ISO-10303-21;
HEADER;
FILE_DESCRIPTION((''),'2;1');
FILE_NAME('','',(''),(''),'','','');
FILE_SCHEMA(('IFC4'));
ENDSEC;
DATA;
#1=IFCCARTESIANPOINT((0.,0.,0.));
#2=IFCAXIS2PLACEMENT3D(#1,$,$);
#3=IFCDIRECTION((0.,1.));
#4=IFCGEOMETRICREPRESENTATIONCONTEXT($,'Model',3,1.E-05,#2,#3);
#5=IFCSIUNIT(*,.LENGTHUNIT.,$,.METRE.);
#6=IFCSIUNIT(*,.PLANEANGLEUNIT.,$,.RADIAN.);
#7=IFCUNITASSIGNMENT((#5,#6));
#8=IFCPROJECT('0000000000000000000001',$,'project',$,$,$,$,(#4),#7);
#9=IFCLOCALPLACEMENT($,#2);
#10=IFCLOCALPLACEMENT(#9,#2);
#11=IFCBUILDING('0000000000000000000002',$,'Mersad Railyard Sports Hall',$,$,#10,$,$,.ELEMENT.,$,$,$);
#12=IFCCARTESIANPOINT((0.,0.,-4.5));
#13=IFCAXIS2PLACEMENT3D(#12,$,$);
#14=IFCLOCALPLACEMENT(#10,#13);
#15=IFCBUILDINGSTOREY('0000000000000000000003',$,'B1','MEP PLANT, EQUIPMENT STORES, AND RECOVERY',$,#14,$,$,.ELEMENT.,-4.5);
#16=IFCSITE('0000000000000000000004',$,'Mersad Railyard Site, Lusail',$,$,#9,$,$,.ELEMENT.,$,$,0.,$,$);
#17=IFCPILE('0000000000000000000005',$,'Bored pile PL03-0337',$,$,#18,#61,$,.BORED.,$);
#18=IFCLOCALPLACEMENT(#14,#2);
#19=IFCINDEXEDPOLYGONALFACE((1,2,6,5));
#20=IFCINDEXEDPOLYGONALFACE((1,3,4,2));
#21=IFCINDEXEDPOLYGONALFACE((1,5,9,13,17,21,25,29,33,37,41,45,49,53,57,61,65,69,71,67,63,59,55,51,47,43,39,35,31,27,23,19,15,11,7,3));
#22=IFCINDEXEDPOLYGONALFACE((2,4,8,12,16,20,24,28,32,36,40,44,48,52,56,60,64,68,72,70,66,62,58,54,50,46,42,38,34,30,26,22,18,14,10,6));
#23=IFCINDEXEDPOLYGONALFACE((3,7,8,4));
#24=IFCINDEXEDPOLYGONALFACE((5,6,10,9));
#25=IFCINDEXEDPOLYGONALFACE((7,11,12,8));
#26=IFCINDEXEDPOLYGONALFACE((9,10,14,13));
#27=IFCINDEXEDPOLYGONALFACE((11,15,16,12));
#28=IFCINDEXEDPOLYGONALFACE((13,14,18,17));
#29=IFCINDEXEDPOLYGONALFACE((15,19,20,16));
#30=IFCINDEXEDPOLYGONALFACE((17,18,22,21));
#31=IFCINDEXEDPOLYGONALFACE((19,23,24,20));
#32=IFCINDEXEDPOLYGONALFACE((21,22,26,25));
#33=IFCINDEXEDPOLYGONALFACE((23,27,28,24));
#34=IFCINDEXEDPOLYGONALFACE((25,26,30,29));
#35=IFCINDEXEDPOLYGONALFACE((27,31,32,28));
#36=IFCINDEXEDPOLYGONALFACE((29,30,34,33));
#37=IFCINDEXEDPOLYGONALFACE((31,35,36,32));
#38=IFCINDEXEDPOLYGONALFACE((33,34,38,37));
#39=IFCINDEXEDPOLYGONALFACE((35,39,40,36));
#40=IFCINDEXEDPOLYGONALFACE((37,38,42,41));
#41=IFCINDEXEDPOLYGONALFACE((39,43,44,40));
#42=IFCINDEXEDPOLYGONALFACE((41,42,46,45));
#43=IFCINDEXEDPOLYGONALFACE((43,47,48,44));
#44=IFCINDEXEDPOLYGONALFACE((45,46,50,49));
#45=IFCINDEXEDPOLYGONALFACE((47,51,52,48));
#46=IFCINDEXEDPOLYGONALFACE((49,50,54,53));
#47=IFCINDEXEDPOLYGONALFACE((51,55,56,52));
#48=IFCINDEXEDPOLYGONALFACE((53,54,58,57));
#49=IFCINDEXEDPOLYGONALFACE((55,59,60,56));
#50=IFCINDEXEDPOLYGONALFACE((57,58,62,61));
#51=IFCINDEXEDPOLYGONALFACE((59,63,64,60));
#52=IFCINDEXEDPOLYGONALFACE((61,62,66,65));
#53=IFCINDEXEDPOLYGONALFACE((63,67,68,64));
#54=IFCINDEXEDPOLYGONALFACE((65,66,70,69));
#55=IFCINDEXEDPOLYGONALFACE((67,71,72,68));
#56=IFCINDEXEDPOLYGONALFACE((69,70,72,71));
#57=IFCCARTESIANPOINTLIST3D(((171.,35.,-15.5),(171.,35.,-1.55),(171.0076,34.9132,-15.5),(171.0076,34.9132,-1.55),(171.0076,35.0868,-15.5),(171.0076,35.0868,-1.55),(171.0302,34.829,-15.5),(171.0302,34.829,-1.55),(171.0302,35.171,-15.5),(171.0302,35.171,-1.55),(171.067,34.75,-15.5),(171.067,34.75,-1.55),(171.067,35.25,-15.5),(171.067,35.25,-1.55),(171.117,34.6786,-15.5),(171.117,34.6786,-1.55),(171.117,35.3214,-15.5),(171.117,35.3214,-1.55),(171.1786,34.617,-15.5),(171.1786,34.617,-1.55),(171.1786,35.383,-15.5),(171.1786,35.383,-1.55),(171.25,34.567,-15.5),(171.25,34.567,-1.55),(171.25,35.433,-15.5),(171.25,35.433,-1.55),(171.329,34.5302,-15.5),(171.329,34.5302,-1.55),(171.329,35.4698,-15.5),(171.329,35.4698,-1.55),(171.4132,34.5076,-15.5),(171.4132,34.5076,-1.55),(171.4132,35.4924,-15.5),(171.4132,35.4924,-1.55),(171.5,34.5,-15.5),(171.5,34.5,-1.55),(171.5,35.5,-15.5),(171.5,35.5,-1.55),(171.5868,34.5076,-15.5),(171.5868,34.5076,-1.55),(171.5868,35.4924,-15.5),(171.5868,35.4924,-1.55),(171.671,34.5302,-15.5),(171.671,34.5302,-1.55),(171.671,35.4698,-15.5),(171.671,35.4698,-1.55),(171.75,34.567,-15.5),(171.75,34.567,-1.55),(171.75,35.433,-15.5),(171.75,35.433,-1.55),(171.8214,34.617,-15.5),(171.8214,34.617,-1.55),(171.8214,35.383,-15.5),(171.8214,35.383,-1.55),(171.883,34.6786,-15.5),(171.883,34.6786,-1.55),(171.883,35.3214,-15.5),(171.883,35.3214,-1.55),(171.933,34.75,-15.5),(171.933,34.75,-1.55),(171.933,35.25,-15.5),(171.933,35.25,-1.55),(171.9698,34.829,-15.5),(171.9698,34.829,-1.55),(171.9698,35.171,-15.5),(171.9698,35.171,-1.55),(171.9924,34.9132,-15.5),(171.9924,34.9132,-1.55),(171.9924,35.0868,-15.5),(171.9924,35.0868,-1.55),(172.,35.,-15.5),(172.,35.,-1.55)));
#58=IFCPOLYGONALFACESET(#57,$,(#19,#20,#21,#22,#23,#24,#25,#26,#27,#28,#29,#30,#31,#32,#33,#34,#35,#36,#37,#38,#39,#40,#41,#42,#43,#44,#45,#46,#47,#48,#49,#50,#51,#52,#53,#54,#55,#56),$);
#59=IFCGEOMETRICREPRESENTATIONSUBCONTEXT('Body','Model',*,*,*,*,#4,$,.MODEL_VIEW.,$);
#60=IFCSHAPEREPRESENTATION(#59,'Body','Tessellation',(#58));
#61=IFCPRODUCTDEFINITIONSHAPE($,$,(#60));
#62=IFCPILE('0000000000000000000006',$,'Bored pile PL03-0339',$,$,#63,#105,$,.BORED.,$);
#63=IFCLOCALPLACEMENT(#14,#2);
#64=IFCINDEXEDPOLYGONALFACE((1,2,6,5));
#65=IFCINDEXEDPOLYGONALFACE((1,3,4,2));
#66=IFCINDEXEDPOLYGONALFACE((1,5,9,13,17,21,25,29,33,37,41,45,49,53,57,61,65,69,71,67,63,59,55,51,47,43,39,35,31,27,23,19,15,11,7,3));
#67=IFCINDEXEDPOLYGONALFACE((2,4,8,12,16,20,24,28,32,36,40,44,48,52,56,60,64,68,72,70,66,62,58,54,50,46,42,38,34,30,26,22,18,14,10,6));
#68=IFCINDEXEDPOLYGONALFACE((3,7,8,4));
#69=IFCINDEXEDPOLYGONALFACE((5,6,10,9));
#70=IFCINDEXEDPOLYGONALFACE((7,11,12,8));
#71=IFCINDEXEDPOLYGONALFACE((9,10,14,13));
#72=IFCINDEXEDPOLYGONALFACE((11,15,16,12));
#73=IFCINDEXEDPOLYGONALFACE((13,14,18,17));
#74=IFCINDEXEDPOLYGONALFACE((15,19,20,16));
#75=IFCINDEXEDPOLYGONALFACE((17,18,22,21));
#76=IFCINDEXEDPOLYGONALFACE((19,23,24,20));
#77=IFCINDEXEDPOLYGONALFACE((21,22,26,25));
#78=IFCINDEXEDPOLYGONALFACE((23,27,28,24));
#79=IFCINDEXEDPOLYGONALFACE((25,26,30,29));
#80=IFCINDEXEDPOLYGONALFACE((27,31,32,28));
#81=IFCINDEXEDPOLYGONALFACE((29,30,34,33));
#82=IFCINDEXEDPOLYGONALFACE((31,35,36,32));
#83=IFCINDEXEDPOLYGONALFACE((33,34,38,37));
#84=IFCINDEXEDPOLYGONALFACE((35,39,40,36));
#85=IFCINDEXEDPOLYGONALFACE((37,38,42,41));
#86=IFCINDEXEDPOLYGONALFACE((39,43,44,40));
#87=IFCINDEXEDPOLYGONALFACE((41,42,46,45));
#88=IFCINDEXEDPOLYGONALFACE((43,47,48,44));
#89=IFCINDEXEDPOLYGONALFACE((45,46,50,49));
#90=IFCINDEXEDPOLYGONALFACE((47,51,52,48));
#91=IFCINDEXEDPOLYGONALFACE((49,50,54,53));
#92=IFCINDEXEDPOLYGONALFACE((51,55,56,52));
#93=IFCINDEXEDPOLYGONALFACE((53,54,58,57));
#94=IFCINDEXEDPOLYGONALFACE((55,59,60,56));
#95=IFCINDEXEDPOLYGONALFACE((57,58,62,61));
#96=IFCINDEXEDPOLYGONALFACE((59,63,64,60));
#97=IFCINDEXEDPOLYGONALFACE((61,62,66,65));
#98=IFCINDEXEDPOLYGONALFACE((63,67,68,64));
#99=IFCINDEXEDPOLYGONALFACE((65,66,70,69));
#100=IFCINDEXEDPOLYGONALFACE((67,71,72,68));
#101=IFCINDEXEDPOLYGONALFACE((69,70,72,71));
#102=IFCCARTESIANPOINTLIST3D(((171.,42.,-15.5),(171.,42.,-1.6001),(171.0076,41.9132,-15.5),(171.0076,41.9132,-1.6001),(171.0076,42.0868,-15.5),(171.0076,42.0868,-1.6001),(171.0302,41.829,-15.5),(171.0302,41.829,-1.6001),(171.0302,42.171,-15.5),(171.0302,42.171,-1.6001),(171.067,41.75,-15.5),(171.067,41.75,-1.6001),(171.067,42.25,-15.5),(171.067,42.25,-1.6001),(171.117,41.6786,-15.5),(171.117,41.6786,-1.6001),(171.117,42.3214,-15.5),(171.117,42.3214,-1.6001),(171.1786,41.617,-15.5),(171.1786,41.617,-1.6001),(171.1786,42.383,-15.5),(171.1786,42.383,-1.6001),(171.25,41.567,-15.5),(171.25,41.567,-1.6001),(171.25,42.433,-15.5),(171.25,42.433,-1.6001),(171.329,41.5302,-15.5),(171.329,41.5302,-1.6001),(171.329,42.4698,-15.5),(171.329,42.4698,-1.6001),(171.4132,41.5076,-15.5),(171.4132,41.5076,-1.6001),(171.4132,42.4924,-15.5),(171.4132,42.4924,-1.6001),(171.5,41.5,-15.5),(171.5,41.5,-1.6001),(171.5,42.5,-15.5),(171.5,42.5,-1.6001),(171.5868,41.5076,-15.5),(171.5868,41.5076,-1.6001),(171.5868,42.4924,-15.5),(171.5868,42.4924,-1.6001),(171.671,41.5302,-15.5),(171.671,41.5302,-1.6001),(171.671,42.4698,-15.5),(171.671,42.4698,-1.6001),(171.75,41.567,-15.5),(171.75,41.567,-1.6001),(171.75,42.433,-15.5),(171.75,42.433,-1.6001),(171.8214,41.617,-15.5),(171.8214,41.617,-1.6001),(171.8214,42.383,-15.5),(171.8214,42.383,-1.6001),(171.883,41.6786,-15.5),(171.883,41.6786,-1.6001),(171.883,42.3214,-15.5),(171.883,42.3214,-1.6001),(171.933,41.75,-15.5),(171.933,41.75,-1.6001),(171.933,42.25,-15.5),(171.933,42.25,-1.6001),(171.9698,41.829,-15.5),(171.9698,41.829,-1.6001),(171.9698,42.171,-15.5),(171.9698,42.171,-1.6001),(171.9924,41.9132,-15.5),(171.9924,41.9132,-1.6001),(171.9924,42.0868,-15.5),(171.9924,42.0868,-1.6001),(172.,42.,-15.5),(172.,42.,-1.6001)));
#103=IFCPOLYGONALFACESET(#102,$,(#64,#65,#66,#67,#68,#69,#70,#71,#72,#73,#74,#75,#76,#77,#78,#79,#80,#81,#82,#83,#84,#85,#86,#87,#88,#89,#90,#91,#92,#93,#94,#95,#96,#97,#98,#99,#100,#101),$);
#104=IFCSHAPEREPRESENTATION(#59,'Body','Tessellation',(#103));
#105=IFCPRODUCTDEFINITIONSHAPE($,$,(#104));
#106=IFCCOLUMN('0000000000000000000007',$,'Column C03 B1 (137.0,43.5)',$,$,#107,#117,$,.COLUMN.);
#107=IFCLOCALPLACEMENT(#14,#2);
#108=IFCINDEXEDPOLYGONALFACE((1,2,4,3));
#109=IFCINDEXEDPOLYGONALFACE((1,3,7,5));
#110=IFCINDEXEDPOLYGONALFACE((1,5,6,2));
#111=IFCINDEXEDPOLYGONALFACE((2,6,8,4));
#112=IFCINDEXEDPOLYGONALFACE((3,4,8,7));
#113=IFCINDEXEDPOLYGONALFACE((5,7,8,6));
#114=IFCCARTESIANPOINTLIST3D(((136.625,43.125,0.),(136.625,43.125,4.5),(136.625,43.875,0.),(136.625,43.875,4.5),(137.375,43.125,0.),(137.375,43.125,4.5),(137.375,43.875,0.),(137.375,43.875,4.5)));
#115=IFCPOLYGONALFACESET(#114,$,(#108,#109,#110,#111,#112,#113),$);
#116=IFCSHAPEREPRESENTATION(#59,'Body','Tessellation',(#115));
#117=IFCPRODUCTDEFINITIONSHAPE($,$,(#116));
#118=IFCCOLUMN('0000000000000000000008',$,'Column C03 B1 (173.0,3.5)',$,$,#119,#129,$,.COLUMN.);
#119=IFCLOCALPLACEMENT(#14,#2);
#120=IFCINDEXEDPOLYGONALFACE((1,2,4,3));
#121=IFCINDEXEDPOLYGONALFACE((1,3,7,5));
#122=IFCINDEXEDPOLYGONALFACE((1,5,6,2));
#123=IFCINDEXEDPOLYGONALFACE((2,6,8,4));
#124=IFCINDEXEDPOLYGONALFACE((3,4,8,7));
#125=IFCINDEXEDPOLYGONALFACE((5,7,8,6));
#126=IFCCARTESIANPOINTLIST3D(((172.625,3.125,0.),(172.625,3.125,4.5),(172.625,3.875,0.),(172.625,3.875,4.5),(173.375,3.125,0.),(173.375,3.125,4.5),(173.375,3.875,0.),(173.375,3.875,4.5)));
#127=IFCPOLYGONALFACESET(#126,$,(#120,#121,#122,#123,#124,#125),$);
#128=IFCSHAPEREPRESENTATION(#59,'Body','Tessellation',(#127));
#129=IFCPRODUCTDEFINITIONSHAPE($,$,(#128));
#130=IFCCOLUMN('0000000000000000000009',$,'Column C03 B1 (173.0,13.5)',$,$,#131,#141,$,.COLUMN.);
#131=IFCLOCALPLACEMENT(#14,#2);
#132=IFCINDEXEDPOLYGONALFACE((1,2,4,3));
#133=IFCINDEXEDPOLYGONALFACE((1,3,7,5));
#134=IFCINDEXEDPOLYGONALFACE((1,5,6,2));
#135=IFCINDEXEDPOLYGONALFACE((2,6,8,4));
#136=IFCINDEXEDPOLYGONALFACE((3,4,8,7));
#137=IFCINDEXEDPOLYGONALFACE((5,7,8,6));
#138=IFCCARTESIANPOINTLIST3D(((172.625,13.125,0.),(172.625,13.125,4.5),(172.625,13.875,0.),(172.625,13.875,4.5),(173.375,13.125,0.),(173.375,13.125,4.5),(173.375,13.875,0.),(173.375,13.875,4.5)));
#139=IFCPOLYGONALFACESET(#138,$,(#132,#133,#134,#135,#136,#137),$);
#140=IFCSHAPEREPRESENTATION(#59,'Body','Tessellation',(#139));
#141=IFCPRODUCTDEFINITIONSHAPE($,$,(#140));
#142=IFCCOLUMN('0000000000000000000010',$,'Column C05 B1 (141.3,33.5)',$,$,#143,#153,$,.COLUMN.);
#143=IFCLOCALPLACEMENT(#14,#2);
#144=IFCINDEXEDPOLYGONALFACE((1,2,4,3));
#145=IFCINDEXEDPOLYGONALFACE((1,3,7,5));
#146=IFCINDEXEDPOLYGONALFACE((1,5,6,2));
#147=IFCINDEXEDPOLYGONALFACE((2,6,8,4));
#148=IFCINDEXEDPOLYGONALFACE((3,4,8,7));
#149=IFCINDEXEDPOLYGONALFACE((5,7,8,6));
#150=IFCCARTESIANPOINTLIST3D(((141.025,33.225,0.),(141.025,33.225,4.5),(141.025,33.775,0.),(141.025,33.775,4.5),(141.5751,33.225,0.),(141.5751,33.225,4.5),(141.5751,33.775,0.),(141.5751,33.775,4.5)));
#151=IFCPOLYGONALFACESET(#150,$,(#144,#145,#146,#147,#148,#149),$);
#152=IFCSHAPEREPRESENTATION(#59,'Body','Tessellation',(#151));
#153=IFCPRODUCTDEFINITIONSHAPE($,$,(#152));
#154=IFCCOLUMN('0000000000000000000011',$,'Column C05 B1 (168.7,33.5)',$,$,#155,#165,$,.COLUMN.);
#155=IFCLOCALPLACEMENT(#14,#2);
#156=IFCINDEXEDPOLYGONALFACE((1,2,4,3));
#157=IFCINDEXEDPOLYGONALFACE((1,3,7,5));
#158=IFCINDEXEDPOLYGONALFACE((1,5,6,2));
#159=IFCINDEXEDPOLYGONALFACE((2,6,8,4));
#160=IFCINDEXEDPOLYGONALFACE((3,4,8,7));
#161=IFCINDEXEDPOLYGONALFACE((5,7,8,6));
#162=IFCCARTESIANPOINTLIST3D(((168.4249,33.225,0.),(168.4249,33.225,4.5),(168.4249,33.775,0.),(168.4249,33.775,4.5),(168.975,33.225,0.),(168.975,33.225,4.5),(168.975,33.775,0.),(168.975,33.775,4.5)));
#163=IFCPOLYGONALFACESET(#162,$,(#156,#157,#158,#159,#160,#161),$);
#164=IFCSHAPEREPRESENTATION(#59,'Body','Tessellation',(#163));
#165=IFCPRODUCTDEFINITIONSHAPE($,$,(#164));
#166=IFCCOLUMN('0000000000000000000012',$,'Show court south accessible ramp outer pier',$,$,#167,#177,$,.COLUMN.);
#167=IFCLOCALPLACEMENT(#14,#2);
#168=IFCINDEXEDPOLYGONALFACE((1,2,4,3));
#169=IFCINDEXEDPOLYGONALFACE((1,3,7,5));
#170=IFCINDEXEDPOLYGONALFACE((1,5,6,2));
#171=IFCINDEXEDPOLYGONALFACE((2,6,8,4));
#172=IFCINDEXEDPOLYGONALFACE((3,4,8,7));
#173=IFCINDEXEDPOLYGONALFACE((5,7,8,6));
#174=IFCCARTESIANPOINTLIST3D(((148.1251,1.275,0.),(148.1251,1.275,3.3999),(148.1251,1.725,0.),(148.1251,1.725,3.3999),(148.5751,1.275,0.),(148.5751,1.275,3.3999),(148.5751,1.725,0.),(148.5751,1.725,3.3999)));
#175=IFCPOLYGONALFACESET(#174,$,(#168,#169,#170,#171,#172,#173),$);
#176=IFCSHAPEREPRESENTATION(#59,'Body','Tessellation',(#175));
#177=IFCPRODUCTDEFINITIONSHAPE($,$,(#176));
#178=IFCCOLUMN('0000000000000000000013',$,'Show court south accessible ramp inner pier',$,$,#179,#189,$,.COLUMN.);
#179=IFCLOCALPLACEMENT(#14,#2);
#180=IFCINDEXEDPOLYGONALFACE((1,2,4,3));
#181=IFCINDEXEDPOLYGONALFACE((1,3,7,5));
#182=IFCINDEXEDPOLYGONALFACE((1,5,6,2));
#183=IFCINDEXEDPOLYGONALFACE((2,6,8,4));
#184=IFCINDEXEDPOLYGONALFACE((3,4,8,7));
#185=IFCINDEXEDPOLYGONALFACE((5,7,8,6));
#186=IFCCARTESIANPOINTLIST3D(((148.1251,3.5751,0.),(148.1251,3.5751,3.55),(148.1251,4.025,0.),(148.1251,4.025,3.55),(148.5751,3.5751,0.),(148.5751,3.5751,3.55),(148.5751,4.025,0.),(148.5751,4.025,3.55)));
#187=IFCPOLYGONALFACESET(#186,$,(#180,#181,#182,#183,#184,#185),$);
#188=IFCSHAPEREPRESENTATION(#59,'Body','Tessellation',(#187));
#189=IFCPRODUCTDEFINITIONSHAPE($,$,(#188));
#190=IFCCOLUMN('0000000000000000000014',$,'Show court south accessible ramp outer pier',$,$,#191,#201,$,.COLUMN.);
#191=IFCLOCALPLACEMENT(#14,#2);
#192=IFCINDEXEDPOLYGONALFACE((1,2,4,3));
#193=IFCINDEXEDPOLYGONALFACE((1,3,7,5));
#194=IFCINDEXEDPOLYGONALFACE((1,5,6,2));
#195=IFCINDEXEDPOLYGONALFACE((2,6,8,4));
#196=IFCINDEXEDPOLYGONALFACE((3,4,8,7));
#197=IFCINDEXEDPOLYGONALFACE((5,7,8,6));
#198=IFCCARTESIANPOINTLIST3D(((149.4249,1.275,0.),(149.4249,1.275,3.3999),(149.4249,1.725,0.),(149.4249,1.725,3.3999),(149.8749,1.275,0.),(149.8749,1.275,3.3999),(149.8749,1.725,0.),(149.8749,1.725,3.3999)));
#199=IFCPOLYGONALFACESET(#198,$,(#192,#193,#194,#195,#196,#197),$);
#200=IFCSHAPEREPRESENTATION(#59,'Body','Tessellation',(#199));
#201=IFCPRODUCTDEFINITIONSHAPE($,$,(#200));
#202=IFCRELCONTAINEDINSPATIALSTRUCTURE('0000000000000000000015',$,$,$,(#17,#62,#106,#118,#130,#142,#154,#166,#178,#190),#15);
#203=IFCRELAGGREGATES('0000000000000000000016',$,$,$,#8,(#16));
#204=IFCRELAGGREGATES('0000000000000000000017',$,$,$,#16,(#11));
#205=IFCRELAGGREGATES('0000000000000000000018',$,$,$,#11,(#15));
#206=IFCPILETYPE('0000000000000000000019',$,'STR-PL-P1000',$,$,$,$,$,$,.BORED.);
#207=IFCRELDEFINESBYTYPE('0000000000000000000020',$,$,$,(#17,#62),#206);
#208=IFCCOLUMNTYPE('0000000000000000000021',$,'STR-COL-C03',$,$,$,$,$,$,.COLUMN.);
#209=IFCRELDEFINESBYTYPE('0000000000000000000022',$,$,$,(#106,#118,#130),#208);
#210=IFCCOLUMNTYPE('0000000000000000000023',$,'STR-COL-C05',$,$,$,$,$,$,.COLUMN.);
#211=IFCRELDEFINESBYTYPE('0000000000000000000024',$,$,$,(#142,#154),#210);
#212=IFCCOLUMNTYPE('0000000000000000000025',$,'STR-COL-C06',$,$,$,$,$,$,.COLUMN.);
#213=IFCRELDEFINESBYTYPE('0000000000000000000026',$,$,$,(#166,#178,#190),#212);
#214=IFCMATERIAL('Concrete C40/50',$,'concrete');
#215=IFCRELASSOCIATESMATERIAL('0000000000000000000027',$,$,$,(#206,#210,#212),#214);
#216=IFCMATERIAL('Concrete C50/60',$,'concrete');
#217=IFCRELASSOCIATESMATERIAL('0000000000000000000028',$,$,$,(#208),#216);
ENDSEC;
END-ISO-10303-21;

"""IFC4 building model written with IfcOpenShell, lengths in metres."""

from ifc_helpers import new_model, si_unit, direction, frame, origin, origin_2d, place, context, subcontext, project, spatial, rectangle, circle, extrude, material, material_profile, profile_set, type_object, element, save


model = new_model("IFC4")

# Units and contexts
model_context = context("Model", 3, precision=1e-05, world=origin(), true_north=direction((0.0, 1.0)))
body_context = subcontext(model_context, "Body", "Model", "MODEL_VIEW")
ifc_project = project(units=[si_unit("LENGTHUNIT", "METRE"), si_unit("PLANEANGLEUNIT", "RADIAN")], contexts=[model_context])

# Site, building, storey
site_placement = place(None, origin())
site = spatial("IfcSite", under=ifc_project, at=site_placement, Name="Mersad Railyard Site, Lusail", CompositionType="ELEMENT", RefElevation=0.0)
building_placement = place(site_placement, origin())
building = spatial("IfcBuilding", under=site, at=building_placement, Name="Mersad Railyard Sports Hall", CompositionType="ELEMENT")
storey_placement = place(building_placement, frame((0.0, 0.0, -4.5)))
storey = spatial("IfcBuildingStorey", under=building, at=storey_placement, Name="B1", Description="MEP PLANT, EQUIPMENT STORES, AND RECOVERY", CompositionType="ELEMENT", Elevation=-4.5)

# Shared definitions
ifc_material_1 = material(Name="Concrete C40/50", Category="concrete")

# Piles
ifc_material_profile_1 = material_profile(ifc_material_1, circle(Radius=0.5, at=origin_2d()), Name="BORED PILE D1000")
ifc_profile_set_1 = profile_set([ifc_material_profile_1], Name="Concrete C40/50")
pile_type = type_object("IfcPileType", Name="STR-PL-P1000", PredefinedType="BORED", material=ifc_profile_set_1)
for number, where, z_axis, x_axis, name in (
    (1, (171.5, 35.0, -1.55), (0.0, 0.0, -1.0), (1.0, 0.0, 0.0), "Bored pile PL03-0337"),
):
    element("IfcPile", number, at=place(storey_placement, frame(where, z_axis=z_axis, x_axis=x_axis)), inside=storey, type_object=pile_type, Name=name, PredefinedType="BORED", context=body_context, shape_type="SweptSolid", body=[
        extrude(circle(Radius=0.5, at=origin_2d()), origin(), (0.0, 0.0, 1.0), 13.95),
    ])
pile_1_placement = place(storey_placement, frame((171.5, 42.0, -1.6001), z_axis=(0.0, 0.0, -1.0), x_axis=(1.0, 0.0, 0.0)))
element("IfcPile", 2, at=pile_1_placement, inside=storey, type_object=pile_type, Name="Bored pile PL03-0339", PredefinedType="BORED", context=body_context, shape_type="SweptSolid", body=[
    extrude(circle(Radius=0.5, at=origin_2d()), origin(), (0.0, 0.0, 1.0), 13.8999),
])

# Columns
ifc_material_2 = material(Name="Concrete C50/60", Category="concrete")
ifc_material_profile_2 = material_profile(ifc_material_2, rectangle(XDim=0.75, YDim=0.75, at=origin_2d()), Name="RC 750x750")
ifc_profile_set_2 = profile_set([ifc_material_profile_2], Name="Concrete C50/60")
column_type_1 = type_object("IfcColumnType", Name="STR-COL-C03", PredefinedType="COLUMN", material=ifc_profile_set_2)
for number, where, z_axis, x_axis, name in (
    (3, (137.0, 43.5, 0.0), (0.0, 0.0, 1.0), (1.0, 0.0, 0.0), "Column C03 B1 (137.0,43.5)"),
    (4, (173.0, 3.5, 0.0), (0.0, 0.0, 1.0), (1.0, 0.0, 0.0), "Column C03 B1 (173.0,3.5)"),
    (5, (173.0, 13.5, 0.0), (0.0, 0.0, 1.0), (1.0, 0.0, 0.0), "Column C03 B1 (173.0,13.5)"),
):
    element("IfcColumn", number, at=place(storey_placement, frame(where, z_axis=z_axis, x_axis=x_axis)), inside=storey, type_object=column_type_1, Name=name, PredefinedType="COLUMN", context=body_context, shape_type="SweptSolid", body=[
        extrude(rectangle(XDim=0.75, YDim=0.75, at=origin_2d()), origin(), (0.0, 0.0, 1.0), 4.5),
    ])
ifc_material_profile_3 = material_profile(ifc_material_1, rectangle(XDim=0.55, YDim=0.55, at=origin_2d()), Name="RC 550x550")
ifc_profile_set_3 = profile_set([ifc_material_profile_3], Name="Concrete C40/50")
column_type_2 = type_object("IfcColumnType", Name="STR-COL-C05", PredefinedType="COLUMN", material=ifc_profile_set_3)
for number, where, z_axis, x_axis, name in (
    (6, (141.3, 33.5, 0.0), (0.0, 0.0, 1.0), (1.0, 0.0, 0.0), "Column C05 B1 (141.3,33.5)"),
    (7, (168.7, 33.5, 0.0), (0.0, 0.0, 1.0), (1.0, 0.0, 0.0), "Column C05 B1 (168.7,33.5)"),
):
    element("IfcColumn", number, at=place(storey_placement, frame(where, z_axis=z_axis, x_axis=x_axis)), inside=storey, type_object=column_type_2, Name=name, PredefinedType="COLUMN", context=body_context, shape_type="SweptSolid", body=[
        extrude(rectangle(XDim=0.55, YDim=0.55, at=origin_2d()), origin(), (0.0, 0.0, 1.0), 4.5),
    ])
ifc_material_profile_4 = material_profile(ifc_material_1, rectangle(XDim=0.45, YDim=0.45, at=origin_2d()), Name="RC 450x450")
ifc_profile_set_4 = profile_set([ifc_material_profile_4], Name="Concrete C40/50")
column_type_3 = type_object("IfcColumnType", Name="STR-COL-C06", PredefinedType="COLUMN", material=ifc_profile_set_4)
column_1_placement = place(storey_placement, frame((148.3501, 1.5, 0.0), z_axis=(0.0, 0.0, 1.0), x_axis=(1.0, 0.0, 0.0)))
element("IfcColumn", 8, at=column_1_placement, inside=storey, type_object=column_type_3, Name="Show court south accessible ramp outer pier", PredefinedType="COLUMN", context=body_context, shape_type="SweptSolid", body=[
    extrude(rectangle(XDim=0.45, YDim=0.45, at=origin_2d()), origin(), (0.0, 0.0, 1.0), 3.3999),
])
column_2_placement = place(storey_placement, frame((148.3501, 3.8, 0.0), z_axis=(0.0, 0.0, 1.0), x_axis=(1.0, 0.0, 0.0)))
element("IfcColumn", 9, at=column_2_placement, inside=storey, type_object=column_type_3, Name="Show court south accessible ramp inner pier", PredefinedType="COLUMN", context=body_context, shape_type="SweptSolid", body=[
    extrude(rectangle(XDim=0.45, YDim=0.45, at=origin_2d()), origin(), (0.0, 0.0, 1.0), 3.55),
])
column_3_placement = place(storey_placement, frame((149.6499, 1.5, 0.0), z_axis=(0.0, 0.0, 1.0), x_axis=(1.0, 0.0, 0.0)))
element("IfcColumn", 10, at=column_3_placement, inside=storey, type_object=column_type_3, Name="Show court south accessible ramp outer pier", PredefinedType="COLUMN", context=body_context, shape_type="SweptSolid", body=[
    extrude(rectangle(XDim=0.45, YDim=0.45, at=origin_2d()), origin(), (0.0, 0.0, 1.0), 3.3999),
])

save(model, "model.ifc")
